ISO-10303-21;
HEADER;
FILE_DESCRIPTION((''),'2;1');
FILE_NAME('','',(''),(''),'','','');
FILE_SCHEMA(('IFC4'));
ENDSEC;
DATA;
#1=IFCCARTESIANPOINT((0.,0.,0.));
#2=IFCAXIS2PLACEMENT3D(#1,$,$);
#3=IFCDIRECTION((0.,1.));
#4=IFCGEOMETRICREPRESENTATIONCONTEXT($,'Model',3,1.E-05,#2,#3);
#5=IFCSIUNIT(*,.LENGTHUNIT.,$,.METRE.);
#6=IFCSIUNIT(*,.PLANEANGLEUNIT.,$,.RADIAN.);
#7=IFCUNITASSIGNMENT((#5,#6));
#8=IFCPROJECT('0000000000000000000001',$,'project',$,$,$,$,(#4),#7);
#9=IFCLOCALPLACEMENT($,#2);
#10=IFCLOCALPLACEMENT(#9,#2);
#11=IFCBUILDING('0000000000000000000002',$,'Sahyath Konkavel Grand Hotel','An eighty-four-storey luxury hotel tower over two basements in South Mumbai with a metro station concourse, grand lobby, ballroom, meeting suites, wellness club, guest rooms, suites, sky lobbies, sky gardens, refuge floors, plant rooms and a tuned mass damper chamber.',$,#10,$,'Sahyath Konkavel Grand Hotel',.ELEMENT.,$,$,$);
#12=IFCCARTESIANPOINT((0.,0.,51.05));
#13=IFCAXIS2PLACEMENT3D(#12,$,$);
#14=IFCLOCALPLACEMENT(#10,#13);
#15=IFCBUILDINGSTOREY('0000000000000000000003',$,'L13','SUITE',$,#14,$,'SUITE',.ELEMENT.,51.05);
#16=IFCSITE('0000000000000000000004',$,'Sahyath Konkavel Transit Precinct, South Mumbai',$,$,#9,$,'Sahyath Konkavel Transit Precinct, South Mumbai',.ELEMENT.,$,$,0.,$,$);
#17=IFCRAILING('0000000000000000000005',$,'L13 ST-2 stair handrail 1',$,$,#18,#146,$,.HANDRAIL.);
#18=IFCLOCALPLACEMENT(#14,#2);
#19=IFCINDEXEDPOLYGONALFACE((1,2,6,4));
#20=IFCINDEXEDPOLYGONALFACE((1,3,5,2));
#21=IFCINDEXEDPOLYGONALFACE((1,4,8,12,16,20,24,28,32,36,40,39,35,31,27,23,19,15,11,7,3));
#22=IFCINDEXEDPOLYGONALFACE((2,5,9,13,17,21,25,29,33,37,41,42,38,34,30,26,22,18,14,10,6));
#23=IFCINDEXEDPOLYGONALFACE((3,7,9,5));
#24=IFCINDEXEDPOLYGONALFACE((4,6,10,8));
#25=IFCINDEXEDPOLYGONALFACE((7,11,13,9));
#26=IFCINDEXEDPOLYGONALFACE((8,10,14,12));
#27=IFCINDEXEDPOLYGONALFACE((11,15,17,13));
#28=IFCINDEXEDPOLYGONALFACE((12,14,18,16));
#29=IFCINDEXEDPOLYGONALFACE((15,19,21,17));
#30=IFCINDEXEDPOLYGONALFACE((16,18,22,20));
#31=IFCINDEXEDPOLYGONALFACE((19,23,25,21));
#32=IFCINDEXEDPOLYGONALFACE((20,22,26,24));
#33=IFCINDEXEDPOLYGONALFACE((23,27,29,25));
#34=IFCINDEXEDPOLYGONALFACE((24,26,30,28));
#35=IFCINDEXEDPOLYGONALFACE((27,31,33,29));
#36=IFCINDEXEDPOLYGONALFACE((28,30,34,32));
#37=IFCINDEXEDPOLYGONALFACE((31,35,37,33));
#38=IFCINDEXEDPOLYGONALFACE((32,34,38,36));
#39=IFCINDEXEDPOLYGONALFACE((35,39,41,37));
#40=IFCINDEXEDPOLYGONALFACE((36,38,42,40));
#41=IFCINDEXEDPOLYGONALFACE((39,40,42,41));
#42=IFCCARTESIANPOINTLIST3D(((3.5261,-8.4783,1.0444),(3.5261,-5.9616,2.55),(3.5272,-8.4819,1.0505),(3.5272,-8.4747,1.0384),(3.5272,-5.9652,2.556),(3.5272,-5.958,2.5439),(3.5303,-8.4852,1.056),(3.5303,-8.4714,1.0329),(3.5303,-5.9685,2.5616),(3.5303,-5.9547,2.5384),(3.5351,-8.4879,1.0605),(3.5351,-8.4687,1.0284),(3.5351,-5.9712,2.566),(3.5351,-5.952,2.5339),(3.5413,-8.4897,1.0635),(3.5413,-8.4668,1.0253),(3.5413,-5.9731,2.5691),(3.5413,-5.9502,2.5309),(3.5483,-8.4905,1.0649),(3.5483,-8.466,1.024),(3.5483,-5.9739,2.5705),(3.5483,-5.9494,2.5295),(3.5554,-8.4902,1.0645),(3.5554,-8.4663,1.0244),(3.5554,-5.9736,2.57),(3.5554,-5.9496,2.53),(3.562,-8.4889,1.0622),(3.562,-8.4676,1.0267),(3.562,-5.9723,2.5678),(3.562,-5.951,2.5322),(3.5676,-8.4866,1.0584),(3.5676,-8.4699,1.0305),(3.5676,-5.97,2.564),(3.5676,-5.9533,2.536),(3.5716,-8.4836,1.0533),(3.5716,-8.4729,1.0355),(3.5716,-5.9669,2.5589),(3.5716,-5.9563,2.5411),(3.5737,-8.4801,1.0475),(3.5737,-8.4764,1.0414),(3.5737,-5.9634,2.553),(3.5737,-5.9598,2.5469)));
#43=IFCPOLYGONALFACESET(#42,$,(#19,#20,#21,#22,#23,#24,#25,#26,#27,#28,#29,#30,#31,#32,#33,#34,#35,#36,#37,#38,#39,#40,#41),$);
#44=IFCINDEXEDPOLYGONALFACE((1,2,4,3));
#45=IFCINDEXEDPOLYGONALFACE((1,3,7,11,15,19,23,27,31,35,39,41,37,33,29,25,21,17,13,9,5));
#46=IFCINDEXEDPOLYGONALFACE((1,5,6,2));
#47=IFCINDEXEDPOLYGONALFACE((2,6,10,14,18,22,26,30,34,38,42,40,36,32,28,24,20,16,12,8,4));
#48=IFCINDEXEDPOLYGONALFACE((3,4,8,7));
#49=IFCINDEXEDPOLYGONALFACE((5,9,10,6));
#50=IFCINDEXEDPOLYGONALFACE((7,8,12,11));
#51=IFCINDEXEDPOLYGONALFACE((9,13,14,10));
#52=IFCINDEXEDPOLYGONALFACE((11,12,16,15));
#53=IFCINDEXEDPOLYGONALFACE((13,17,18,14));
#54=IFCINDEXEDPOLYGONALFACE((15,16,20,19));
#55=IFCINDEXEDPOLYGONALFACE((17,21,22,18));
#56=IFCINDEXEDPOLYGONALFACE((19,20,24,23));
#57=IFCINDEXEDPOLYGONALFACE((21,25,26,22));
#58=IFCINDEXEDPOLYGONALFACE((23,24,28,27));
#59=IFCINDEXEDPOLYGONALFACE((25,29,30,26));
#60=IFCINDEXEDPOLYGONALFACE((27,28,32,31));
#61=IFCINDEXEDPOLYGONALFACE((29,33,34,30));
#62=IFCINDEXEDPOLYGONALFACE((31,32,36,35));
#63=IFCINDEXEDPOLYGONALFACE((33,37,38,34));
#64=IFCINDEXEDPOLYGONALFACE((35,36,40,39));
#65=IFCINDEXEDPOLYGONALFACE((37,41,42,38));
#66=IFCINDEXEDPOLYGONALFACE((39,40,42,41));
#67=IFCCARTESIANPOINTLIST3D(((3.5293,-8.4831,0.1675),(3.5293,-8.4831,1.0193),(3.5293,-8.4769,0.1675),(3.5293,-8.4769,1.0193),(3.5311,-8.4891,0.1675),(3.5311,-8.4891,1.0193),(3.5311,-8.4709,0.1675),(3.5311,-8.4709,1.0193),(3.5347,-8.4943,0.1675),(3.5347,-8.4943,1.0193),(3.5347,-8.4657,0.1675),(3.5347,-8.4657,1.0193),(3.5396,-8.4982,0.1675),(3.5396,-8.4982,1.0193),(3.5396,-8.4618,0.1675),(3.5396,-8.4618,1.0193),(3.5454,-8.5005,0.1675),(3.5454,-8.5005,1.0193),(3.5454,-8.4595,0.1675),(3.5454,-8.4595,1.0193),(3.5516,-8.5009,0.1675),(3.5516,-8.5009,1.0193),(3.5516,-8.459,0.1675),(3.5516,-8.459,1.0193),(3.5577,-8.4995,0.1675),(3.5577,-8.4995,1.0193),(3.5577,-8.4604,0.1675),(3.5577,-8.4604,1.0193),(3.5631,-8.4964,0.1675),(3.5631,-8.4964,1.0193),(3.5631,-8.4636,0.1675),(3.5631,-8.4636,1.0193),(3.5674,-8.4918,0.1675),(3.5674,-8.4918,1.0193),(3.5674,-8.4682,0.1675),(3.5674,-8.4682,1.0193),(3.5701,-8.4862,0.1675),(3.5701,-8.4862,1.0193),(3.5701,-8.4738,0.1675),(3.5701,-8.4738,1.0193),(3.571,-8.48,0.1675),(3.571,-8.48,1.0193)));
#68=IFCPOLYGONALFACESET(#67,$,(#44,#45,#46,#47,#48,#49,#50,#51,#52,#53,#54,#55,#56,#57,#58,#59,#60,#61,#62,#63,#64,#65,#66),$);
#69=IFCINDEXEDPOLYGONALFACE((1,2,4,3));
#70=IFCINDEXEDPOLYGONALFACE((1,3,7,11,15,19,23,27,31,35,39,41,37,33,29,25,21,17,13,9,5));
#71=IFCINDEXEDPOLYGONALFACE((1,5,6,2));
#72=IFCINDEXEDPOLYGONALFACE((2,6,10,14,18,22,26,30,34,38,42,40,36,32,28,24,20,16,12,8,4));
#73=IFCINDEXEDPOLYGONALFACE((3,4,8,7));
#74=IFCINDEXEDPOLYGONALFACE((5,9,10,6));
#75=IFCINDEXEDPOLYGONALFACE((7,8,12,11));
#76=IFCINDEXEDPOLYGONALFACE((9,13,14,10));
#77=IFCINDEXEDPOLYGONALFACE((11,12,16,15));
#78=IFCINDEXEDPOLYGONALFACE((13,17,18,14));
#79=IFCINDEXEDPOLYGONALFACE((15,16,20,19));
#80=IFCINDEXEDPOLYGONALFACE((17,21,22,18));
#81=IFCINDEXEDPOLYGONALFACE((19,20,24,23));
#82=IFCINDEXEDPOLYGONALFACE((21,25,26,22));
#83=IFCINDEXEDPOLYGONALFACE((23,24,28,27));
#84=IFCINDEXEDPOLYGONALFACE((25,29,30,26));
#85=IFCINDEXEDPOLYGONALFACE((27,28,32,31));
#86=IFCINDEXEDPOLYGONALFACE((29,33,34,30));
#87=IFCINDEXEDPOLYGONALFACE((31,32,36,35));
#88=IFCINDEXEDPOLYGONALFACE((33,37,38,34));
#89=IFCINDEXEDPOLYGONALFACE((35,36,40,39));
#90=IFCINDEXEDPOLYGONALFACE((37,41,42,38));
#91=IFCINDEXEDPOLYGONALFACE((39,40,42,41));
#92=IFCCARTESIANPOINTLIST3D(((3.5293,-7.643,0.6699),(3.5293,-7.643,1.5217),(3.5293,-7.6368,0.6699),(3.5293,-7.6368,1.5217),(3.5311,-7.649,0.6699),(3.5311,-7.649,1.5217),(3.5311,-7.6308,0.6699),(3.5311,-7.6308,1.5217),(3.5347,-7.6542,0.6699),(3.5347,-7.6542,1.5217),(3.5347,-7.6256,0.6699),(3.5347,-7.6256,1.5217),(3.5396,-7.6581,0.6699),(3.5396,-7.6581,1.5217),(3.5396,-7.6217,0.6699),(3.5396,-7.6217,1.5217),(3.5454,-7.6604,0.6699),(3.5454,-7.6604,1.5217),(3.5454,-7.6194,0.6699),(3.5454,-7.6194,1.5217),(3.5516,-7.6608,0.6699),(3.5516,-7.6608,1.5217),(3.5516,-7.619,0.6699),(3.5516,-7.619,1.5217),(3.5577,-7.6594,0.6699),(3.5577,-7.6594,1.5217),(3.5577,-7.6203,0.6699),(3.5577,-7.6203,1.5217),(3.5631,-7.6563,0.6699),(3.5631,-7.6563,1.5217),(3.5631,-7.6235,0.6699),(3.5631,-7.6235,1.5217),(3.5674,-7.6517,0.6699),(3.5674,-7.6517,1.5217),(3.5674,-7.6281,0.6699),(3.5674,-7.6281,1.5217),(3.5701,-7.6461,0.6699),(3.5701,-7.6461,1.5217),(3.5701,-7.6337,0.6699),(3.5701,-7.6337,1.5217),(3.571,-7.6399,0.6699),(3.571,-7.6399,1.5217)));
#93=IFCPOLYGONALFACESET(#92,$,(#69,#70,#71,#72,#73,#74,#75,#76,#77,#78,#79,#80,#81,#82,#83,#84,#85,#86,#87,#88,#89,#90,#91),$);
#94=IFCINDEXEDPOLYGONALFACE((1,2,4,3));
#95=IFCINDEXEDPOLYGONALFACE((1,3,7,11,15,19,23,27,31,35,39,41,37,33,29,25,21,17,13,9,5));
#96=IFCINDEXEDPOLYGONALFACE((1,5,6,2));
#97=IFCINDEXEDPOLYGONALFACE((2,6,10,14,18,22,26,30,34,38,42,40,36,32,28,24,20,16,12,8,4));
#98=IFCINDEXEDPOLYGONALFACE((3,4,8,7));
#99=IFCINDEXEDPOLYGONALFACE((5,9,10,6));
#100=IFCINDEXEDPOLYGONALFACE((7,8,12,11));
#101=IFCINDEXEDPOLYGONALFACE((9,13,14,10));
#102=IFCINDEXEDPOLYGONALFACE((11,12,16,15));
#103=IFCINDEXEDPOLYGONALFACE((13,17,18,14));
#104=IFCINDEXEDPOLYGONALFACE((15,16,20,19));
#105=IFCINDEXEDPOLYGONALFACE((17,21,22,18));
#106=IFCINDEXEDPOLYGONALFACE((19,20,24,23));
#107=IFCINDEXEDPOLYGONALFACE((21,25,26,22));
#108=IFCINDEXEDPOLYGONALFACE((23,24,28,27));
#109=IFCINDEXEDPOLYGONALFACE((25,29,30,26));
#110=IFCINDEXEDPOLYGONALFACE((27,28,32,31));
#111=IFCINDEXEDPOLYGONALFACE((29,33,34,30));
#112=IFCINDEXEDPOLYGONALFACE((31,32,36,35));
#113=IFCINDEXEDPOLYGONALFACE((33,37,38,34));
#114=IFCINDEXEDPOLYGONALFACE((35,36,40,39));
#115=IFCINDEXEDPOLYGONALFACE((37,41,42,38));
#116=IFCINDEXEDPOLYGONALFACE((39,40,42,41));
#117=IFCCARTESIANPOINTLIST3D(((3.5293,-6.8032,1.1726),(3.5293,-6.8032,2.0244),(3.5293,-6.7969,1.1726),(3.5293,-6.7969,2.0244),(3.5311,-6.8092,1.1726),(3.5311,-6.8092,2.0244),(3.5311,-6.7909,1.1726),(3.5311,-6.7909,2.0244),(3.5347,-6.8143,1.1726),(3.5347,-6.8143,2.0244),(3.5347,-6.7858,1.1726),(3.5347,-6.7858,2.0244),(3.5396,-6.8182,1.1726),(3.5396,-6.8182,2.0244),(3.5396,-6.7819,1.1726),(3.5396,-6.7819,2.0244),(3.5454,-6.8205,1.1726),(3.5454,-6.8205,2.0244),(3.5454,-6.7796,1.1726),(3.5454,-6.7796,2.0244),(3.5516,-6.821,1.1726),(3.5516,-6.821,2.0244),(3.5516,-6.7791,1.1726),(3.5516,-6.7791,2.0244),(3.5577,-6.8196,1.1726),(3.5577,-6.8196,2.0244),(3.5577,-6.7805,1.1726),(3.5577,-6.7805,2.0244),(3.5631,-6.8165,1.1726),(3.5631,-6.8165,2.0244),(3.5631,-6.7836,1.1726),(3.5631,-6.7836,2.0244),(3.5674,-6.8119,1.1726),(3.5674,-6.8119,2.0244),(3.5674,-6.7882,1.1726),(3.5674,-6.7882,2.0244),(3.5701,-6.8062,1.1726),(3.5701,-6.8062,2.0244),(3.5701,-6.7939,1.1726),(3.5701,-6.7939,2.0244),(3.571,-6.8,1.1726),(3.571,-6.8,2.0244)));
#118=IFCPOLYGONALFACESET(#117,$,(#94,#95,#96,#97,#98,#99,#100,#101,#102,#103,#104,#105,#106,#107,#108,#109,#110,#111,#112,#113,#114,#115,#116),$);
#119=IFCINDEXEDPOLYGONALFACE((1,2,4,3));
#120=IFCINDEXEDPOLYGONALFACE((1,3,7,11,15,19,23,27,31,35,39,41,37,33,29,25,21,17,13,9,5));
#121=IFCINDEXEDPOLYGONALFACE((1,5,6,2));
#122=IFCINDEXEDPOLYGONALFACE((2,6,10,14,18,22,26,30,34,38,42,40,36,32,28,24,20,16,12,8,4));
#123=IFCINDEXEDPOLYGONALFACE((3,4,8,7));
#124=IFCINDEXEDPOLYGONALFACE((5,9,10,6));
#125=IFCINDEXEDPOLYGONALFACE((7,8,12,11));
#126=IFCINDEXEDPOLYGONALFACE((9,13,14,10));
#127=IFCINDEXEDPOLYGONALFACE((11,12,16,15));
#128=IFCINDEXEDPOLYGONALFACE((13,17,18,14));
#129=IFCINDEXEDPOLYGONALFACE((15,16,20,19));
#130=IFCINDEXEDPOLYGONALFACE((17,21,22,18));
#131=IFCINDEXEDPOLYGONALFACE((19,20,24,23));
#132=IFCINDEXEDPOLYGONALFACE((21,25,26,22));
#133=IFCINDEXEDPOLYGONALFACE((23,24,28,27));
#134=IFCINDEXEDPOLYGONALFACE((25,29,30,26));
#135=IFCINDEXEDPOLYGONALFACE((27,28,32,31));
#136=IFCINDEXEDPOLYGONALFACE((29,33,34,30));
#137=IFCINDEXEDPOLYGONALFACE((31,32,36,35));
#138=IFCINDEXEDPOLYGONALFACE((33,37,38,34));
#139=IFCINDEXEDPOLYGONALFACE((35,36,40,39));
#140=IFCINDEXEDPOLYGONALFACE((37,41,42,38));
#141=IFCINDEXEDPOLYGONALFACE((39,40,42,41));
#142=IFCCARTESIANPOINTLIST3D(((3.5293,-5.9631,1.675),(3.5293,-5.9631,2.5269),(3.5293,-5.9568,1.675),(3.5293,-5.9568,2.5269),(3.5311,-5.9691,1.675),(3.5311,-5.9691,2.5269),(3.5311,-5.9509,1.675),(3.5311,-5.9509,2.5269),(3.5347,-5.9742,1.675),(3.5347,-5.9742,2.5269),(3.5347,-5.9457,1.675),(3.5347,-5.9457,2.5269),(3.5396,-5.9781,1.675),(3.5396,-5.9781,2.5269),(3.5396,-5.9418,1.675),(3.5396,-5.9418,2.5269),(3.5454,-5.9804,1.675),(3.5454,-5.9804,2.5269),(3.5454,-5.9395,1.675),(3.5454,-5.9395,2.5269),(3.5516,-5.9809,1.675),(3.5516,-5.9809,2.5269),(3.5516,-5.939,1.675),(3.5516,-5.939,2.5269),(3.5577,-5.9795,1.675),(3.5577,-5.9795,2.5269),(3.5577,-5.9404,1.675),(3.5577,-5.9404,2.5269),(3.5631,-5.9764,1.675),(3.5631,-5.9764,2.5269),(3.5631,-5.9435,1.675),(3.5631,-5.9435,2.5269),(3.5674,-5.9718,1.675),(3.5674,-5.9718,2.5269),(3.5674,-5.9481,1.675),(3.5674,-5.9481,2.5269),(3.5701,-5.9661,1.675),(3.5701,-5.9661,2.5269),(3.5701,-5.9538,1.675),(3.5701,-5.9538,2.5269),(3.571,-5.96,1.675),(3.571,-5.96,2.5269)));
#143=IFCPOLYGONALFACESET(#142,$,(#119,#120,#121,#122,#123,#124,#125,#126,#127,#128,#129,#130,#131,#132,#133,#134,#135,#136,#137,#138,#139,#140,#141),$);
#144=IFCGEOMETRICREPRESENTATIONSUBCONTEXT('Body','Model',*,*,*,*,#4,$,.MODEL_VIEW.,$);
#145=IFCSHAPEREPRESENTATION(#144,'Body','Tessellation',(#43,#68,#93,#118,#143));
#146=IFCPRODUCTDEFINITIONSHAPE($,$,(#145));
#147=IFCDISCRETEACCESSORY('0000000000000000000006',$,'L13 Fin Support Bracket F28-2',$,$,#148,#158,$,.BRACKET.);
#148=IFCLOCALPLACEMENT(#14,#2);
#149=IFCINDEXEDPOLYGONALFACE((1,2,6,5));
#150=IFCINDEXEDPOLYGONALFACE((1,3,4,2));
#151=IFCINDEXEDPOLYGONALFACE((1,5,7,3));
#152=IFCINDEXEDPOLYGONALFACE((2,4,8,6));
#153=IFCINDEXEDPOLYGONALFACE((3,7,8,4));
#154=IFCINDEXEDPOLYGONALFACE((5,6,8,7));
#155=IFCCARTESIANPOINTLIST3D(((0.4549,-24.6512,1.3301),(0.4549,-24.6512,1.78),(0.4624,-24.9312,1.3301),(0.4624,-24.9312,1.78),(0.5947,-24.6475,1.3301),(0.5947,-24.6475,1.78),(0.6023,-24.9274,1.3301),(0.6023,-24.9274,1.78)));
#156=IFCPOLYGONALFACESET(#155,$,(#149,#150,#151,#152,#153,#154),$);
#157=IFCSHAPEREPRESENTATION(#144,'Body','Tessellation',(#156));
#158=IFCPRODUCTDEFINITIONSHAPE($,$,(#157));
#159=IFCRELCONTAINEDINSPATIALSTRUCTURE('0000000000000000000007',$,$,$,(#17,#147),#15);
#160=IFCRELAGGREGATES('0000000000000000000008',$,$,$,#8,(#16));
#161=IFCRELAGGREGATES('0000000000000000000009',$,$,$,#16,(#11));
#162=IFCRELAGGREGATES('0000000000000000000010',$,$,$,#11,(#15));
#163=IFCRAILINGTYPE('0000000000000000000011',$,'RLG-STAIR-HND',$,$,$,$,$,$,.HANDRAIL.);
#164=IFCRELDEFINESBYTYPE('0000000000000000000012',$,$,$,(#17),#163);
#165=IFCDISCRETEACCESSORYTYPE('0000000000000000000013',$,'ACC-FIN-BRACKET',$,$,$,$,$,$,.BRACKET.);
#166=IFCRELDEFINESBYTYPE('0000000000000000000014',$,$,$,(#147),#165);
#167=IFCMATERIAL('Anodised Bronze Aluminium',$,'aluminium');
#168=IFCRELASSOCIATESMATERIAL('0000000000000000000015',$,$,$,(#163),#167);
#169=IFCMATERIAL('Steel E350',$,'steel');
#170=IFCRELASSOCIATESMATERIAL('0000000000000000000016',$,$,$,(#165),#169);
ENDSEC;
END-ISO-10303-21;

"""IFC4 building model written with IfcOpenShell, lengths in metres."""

from ifc_helpers import new_model, si_unit, direction, frame, origin, origin_2d, place, context, subcontext, project, spatial, rectangle, circle, extrude, source, transform, mapped, material, type_object, element, save


model = new_model("IFC4")

# Units and contexts
model_context = context("Model", 3, precision=1e-05, world=origin(), true_north=direction((0.0, 1.0)))
body_context = subcontext(model_context, "Body", "Model", "MODEL_VIEW")
ifc_project = project(units=[si_unit("LENGTHUNIT", "METRE"), si_unit("PLANEANGLEUNIT", "RADIAN")], contexts=[model_context])

# Site, building, storey
site_placement = place(None, origin())
site = spatial("IfcSite", under=ifc_project, at=site_placement, Name="Sahyath Konkavel Transit Precinct, South Mumbai", LongName="Sahyath Konkavel Transit Precinct, South Mumbai", CompositionType="ELEMENT", RefElevation=0.0)
building_placement = place(site_placement, origin())
building = spatial("IfcBuilding", under=site, at=building_placement, Name="Sahyath Konkavel Grand Hotel", Description="An eighty-four-storey luxury hotel tower over two basements in South Mumbai with a metro station concourse, grand lobby, ballroom, meeting suites, wellness club, guest rooms, suites, sky lobbies, sky gardens, refuge floors, plant rooms and a tuned mass damper chamber.", LongName="Sahyath Konkavel Grand Hotel", CompositionType="ELEMENT")
storey_placement = place(building_placement, frame((0.0, 0.0, 51.05)))
storey = spatial("IfcBuildingStorey", under=building, at=storey_placement, Name="L13", Description="SUITE", LongName="SUITE", CompositionType="ELEMENT", Elevation=51.05)

# Shared definitions
ifc_material_1 = material(Name="Steel E350", Category="steel")

# Shared definitions
ifc_material_2 = material(Name="Anodised Bronze Aluminium", Category="aluminium")

# Railing
railing_type_1 = type_object("IfcRailingType", Name="RLG-STAIR-HND", PredefinedType="HANDRAIL", material=ifc_material_2)
railing_1_placement = place(storey_placement, frame((3.55, -8.48, 0.1675)))
element("IfcRailing", 1, at=railing_1_placement, inside=storey, type_object=railing_type_1, Name="L13 ST-2 stair handrail 1", PredefinedType="HANDRAIL", context=body_context, shape_type="SweptSolid", body=[
    extrude(circle(Radius=0.0239, at=origin_2d()), frame((0.0, 0.0017, 0.877), z_axis=(0.0, 0.85816, 0.513383), x_axis=(-1.0, 0.0, 0.0)), (0.0, 0.0, 1.0), 2.9326),
    extrude(circle(Radius=0.021, at=origin_2d()), origin(), (0.0, 0.0, 1.0), 0.8518),
    extrude(circle(Radius=0.021, at=origin_2d()), frame((0.0, 0.8401, 0.5024)), (0.0, 0.0, 1.0), 0.8518),
    extrude(circle(Radius=0.021, at=origin_2d()), frame((0.0, 1.6799, 1.0051)), (0.0, 0.0, 1.0), 0.8518),
    extrude(circle(Radius=0.021, at=origin_2d()), frame((0.0, 2.52, 1.5076)), (0.0, 0.0, 1.0), 0.8518),
])

# Discrete accessory
discrete_accessory_type = type_object("IfcDiscreteAccessoryType", Name="ACC-FIN-BRACKET", PredefinedType="BRACKET", material=ifc_material_1)
shared_shape_1 = source(origin(), body_context, "Body", "SweptSolid", [
    extrude(rectangle(XDim=0.28, YDim=0.1399, at=origin_2d()), origin(), (0.0, 0.0, 1.0), 0.45),
])
discrete_accessory_placement = place(storey_placement, frame((0.5286, -24.7893, 1.3301), z_axis=(0.0, 0.0, 1.0), x_axis=(0.02691, -0.999638, 0.0)))
element("IfcDiscreteAccessory", 2, at=discrete_accessory_placement, inside=storey, type_object=discrete_accessory_type, Name="L13 Fin Support Bracket F28-2", PredefinedType="BRACKET", context=body_context, shape_type="MappedRepresentation", body=[
    mapped(shared_shape_1, transform((0.0, 0.0, 0.0), scale=1.0)),
])

save(model, "model.ifc")
